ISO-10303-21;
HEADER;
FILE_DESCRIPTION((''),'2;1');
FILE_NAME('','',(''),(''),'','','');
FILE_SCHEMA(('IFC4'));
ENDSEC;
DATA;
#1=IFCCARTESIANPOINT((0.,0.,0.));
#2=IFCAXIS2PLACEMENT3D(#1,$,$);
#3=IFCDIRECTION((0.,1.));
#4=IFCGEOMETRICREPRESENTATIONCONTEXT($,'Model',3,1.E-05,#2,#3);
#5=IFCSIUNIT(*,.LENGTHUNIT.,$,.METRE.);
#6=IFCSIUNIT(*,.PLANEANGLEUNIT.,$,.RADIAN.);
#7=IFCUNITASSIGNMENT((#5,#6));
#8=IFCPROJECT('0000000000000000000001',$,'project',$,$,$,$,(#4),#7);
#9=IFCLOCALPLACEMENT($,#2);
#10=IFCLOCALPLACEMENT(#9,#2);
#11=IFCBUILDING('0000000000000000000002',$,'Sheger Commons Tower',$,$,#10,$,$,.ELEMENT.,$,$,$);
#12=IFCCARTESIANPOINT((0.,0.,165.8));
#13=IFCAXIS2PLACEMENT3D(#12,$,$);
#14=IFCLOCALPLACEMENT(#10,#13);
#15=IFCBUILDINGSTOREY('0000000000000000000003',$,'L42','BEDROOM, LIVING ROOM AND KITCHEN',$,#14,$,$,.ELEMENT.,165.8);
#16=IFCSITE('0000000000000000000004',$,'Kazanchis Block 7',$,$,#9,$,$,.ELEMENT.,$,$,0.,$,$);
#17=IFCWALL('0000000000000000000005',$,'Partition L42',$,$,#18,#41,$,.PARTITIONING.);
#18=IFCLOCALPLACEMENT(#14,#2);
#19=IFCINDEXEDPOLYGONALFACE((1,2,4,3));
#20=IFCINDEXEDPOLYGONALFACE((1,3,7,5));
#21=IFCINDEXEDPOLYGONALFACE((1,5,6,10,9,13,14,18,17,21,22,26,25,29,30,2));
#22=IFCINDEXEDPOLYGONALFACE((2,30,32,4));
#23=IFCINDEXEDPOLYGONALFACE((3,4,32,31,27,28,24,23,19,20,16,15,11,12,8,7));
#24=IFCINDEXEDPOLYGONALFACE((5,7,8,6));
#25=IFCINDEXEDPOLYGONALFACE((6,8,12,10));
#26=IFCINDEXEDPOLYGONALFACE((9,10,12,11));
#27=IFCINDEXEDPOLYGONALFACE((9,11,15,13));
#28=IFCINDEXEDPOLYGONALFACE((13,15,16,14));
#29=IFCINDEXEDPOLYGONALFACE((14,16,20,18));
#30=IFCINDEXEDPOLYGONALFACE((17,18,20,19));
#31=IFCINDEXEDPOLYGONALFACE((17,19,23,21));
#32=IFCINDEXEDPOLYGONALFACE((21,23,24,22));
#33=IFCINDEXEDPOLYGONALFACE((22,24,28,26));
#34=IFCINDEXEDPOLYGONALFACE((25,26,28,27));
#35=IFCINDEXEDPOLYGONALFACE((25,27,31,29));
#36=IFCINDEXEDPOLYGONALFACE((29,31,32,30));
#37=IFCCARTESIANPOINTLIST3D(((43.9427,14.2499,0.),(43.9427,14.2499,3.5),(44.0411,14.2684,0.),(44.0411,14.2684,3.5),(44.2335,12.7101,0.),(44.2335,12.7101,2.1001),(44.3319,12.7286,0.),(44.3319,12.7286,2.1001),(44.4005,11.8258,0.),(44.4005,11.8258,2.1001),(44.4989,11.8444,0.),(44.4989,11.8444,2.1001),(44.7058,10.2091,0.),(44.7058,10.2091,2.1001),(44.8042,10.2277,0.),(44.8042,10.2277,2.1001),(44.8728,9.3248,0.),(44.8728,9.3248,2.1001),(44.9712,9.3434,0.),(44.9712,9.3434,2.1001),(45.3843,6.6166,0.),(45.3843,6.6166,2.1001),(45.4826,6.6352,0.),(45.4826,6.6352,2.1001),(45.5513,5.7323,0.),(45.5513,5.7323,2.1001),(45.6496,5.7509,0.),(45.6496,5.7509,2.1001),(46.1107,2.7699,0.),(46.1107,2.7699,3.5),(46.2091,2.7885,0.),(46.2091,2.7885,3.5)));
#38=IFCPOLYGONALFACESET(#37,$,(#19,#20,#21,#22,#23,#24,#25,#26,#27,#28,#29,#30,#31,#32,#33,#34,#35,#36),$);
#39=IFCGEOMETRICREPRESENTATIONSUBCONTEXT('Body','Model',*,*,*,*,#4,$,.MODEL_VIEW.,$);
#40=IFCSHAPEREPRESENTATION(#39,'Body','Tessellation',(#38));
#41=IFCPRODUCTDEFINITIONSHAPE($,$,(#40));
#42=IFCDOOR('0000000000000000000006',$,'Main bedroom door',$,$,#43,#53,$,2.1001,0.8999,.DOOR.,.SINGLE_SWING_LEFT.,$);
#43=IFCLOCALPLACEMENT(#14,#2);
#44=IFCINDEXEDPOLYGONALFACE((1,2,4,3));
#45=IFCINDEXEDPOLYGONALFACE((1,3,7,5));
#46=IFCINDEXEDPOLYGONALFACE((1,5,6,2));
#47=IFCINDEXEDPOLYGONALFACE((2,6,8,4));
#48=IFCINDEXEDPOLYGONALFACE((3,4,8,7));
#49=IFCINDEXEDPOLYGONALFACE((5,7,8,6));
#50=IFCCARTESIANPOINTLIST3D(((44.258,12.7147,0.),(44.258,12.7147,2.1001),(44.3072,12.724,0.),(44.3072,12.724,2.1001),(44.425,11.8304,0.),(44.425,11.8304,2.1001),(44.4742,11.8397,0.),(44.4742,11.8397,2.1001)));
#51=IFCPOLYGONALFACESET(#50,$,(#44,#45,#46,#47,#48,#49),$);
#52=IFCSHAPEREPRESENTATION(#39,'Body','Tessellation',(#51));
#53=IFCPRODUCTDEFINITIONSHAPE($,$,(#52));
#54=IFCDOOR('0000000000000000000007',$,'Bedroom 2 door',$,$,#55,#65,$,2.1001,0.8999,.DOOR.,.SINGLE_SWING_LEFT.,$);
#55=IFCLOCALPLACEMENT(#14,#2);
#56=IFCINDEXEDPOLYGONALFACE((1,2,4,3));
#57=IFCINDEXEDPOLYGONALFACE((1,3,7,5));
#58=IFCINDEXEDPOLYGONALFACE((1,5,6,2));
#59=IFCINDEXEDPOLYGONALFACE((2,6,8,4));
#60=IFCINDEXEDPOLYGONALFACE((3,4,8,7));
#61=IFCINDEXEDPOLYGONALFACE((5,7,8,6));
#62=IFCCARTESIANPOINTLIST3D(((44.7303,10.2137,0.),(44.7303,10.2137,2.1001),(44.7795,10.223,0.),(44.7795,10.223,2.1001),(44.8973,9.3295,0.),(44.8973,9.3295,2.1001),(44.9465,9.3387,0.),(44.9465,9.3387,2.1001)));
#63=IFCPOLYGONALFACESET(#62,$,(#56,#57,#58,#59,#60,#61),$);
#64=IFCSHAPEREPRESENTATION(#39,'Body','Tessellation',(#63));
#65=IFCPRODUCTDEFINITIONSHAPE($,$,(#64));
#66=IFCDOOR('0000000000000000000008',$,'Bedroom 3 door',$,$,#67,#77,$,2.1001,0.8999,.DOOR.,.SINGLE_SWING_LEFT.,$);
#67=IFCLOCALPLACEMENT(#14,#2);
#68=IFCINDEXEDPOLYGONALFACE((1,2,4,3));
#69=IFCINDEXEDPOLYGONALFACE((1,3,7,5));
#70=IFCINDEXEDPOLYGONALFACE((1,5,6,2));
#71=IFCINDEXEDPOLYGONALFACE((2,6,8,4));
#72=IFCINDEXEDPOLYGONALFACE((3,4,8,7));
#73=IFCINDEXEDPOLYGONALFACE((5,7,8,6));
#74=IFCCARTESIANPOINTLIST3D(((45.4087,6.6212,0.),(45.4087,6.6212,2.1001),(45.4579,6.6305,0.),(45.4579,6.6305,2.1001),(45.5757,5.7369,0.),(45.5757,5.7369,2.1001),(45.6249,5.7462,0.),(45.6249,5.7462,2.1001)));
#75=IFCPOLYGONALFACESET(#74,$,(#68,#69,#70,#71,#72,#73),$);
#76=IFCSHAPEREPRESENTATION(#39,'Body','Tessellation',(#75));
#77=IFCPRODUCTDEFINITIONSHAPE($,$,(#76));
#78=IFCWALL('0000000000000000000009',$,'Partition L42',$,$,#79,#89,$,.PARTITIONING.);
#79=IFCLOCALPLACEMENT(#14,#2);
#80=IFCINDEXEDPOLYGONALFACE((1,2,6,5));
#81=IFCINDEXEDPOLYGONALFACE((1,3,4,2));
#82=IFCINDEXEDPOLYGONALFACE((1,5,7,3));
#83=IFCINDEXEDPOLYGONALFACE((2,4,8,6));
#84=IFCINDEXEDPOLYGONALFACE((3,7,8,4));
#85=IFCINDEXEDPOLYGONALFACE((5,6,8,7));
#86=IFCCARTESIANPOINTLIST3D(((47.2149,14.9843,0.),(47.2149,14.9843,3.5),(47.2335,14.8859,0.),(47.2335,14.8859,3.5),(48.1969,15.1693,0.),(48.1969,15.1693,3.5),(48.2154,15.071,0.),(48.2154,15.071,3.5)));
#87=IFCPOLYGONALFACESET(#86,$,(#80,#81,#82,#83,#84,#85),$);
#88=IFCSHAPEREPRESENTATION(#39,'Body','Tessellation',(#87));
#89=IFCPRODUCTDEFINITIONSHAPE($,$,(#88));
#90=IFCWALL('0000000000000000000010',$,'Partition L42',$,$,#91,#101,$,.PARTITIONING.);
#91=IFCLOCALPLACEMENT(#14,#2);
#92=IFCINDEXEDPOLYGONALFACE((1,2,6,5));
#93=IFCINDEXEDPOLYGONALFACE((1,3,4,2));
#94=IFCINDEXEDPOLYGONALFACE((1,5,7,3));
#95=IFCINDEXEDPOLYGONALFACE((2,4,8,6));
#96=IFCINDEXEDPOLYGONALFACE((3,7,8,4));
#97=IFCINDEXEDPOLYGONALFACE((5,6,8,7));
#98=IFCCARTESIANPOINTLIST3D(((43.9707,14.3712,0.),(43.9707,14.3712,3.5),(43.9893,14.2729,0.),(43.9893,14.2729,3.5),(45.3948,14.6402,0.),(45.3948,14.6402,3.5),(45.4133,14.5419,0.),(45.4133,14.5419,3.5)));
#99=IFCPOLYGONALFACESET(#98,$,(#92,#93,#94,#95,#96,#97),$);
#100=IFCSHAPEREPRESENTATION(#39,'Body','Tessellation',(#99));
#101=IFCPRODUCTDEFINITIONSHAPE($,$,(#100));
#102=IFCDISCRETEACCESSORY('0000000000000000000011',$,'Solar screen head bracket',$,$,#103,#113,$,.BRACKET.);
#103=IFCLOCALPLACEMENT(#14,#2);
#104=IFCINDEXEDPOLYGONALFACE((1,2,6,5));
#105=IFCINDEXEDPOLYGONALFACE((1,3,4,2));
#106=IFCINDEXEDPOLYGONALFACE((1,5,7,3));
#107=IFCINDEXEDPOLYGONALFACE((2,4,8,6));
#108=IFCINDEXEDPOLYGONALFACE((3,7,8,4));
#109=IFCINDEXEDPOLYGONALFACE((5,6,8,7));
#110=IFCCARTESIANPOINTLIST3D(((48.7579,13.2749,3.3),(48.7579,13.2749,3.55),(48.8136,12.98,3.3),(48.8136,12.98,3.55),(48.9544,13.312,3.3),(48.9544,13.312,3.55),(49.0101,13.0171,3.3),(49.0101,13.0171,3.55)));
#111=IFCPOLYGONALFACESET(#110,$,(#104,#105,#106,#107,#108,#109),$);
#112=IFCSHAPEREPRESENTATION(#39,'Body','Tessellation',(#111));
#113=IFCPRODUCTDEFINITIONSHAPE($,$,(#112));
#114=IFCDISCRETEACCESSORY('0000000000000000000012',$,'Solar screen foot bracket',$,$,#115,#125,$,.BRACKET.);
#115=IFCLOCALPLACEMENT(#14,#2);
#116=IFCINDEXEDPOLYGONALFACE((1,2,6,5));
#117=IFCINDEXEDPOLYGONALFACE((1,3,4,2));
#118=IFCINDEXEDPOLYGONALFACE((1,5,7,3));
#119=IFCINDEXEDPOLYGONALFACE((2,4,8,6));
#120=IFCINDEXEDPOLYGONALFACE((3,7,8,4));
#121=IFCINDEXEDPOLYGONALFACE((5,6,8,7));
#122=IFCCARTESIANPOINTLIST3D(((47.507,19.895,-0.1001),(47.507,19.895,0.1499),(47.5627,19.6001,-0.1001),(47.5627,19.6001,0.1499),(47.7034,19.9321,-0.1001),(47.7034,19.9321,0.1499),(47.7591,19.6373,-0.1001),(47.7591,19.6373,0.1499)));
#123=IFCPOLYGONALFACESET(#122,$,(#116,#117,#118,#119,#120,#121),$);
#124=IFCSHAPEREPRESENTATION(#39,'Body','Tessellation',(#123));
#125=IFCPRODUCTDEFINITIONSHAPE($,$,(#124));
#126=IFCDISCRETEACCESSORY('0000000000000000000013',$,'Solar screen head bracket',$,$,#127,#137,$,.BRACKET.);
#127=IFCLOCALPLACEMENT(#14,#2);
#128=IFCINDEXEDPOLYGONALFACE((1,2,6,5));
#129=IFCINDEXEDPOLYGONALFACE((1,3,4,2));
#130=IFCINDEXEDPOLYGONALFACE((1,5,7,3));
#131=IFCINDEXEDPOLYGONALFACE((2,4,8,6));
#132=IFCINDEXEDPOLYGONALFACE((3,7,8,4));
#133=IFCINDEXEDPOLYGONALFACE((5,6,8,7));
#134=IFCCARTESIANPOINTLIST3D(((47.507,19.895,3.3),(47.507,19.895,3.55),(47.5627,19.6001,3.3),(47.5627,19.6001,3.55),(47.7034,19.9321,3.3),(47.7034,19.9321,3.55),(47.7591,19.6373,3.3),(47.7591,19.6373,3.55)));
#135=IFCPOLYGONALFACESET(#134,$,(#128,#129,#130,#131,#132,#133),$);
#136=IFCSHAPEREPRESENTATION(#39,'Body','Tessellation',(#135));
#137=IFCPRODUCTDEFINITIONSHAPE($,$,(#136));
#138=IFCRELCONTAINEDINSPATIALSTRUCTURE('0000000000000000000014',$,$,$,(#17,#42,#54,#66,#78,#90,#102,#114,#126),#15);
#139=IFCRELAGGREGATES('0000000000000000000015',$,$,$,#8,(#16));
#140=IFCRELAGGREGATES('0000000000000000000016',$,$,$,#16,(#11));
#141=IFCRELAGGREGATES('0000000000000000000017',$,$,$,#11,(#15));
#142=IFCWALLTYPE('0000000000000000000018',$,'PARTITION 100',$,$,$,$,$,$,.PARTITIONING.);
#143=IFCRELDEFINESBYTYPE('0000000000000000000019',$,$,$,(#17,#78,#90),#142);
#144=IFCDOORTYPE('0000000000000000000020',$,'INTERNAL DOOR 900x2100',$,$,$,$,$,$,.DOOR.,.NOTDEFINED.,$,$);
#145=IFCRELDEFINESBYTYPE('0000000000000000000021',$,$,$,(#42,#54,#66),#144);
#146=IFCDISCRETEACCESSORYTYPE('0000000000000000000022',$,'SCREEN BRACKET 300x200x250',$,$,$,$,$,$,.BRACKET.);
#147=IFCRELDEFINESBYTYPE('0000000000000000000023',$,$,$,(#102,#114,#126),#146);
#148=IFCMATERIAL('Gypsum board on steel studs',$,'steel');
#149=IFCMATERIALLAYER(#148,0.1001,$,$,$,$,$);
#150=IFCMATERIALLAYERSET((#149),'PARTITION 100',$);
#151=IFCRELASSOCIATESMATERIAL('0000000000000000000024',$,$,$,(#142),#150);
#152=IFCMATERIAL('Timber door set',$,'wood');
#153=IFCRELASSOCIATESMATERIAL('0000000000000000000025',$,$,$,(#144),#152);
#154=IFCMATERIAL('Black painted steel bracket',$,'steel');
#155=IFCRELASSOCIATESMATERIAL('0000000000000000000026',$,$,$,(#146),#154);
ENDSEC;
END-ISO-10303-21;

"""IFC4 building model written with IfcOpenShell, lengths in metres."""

from ifc_helpers import new_model, si_unit, direction, frame, frame_2d, origin, origin_2d, place, context, subcontext, project, spatial, rectangle, extrude, material, layer, layer_set, type_object, element, fill, save


model = new_model("IFC4")

# Units and contexts
model_context = context("Model", 3, precision=1e-05, world=origin(), true_north=direction((0.0, 1.0)))
body_context = subcontext(model_context, "Body", "Model", "MODEL_VIEW")
ifc_project = project(units=[si_unit("LENGTHUNIT", "METRE"), si_unit("PLANEANGLEUNIT", "RADIAN")], contexts=[model_context])

# Site, building, storey
site_placement = place(None, origin())
site = spatial("IfcSite", under=ifc_project, at=site_placement, Name="Kazanchis Block 7", CompositionType="ELEMENT", RefElevation=0.0)
building_placement = place(site_placement, origin())
building = spatial("IfcBuilding", under=site, at=building_placement, Name="Sheger Commons Tower", CompositionType="ELEMENT")
storey_placement = place(building_placement, frame((0.0, 0.0, 165.8)))
storey = spatial("IfcBuildingStorey", under=building, at=storey_placement, Name="L42", Description="BEDROOM, LIVING ROOM AND KITCHEN", CompositionType="ELEMENT", Elevation=165.8)

# Shared definitions
ifc_material_1 = material(Name="Gypsum board on steel studs", Category="steel")
ifc_layer_1 = layer(ifc_material_1, 0.1001)
ifc_layer_set_1 = layer_set([ifc_layer_1], Name="PARTITION 100")
wall_type_1 = type_object("IfcWallType", Name="PARTITION 100", PredefinedType="PARTITIONING", material=ifc_layer_set_1)

# Wall, openings, doors
wall_1_placement = place(storey_placement, frame((43.9919, 14.259, 0.0), z_axis=(0.0, 0.0, 1.0), x_axis=(0.185568, -0.982631, 0.0)))
wall_1 = element("IfcWall", 1, at=wall_1_placement, inside=storey, type_object=wall_type_1, Name="Partition L42", PredefinedType="PARTITIONING", context=body_context, shape_type="SweptSolid", body=[
    extrude(rectangle(XDim=11.6829, YDim=0.1001, at=frame_2d((5.8413, 0.0))), origin(), (0.0, 0.0, 1.0), 3.5),
])
opening_1_placement = place(wall_1_placement, frame((1.5669, 0.0, 0.0)))
opening_1 = element("IfcOpeningElement", 2, at=opening_1_placement, cuts=wall_1, PredefinedType="OPENING", context=body_context, shape_type="SweptSolid", body=[
    extrude(rectangle(XDim=0.8999, YDim=2.1001, at=frame_2d((0.45, 1.05))), frame((0.0, 0.0601, 0.0), z_axis=(0.0, -1.0, 0.0), x_axis=(1.0, 0.0, 0.0)), (0.0, 0.0, 1.0), 0.1201),
])
opening_2_placement = place(wall_1_placement, frame((4.1121, 0.0, 0.0)))
opening_2 = element("IfcOpeningElement", 3, at=opening_2_placement, cuts=wall_1, PredefinedType="OPENING", context=body_context, shape_type="SweptSolid", body=[
    extrude(rectangle(XDim=0.8999, YDim=2.1001, at=frame_2d((0.45, 1.05))), frame((0.0, 0.0601, 0.0), z_axis=(0.0, -1.0, 0.0), x_axis=(1.0, 0.0, 0.0)), (0.0, 0.0, 1.0), 0.1201),
])
opening_3_placement = place(wall_1_placement, frame((7.7681, 0.0, 0.0)))
opening_3 = element("IfcOpeningElement", 4, at=opening_3_placement, cuts=wall_1, PredefinedType="OPENING", context=body_context, shape_type="SweptSolid", body=[
    extrude(rectangle(XDim=0.8999, YDim=2.1001, at=frame_2d((0.45, 1.05))), frame((0.0, 0.0601, 0.0), z_axis=(0.0, -1.0, 0.0), x_axis=(1.0, 0.0, 0.0)), (0.0, 0.0, 1.0), 0.1201),
])
ifc_material_2 = material(Name="Timber door set", Category="wood")
door_type = type_object("IfcDoorType", Name="INTERNAL DOOR 900x2100", OperationType="NOTDEFINED", PredefinedType="DOOR", material=ifc_material_2)
door_1_placement = place(opening_1_placement, origin())
door_1 = element("IfcDoor", 5, at=door_1_placement, inside=storey, type_object=door_type, Name="Main bedroom door", OperationType="SINGLE_SWING_LEFT", OverallHeight=2.1001, OverallWidth=0.8999, PredefinedType="DOOR", context=body_context, shape_type="SweptSolid", body=[
    extrude(rectangle(XDim=0.8999, YDim=2.1001, at=frame_2d((0.45, 1.05))), frame((0.0, 0.0249, 0.0), z_axis=(0.0, -1.0, 0.0), x_axis=(1.0, 0.0, 0.0)), (0.0, 0.0, 1.0), 0.05),
])
fill(opening_1, door_1)
door_2_placement = place(opening_2_placement, origin())
door_2 = element("IfcDoor", 6, at=door_2_placement, inside=storey, type_object=door_type, Name="Bedroom 2 door", OperationType="SINGLE_SWING_LEFT", OverallHeight=2.1001, OverallWidth=0.8999, PredefinedType="DOOR", context=body_context, shape_type="SweptSolid", body=[
    extrude(rectangle(XDim=0.8999, YDim=2.1001, at=frame_2d((0.45, 1.05))), frame((0.0, 0.0249, 0.0), z_axis=(0.0, -1.0, 0.0), x_axis=(1.0, 0.0, 0.0)), (0.0, 0.0, 1.0), 0.05),
])
fill(opening_2, door_2)
door_3_placement = place(opening_3_placement, origin())
door_3 = element("IfcDoor", 7, at=door_3_placement, inside=storey, type_object=door_type, Name="Bedroom 3 door", OperationType="SINGLE_SWING_LEFT", OverallHeight=2.1001, OverallWidth=0.8999, PredefinedType="DOOR", context=body_context, shape_type="SweptSolid", body=[
    extrude(rectangle(XDim=0.8999, YDim=2.1001, at=frame_2d((0.45, 1.05))), frame((0.0, 0.0249, 0.0), z_axis=(0.0, -1.0, 0.0), x_axis=(1.0, 0.0, 0.0)), (0.0, 0.0, 1.0), 0.05),
])
fill(opening_3, door_3)

# Walls
wall_2_placement = place(storey_placement, frame((48.2061, 15.1201, 0.0), z_axis=(0.0, 0.0, 1.0), x_axis=(-0.9827, -0.185203, 0.0)))
element("IfcWall", 8, at=wall_2_placement, inside=storey, type_object=wall_type_1, Name="Partition L42", PredefinedType="PARTITIONING", context=body_context, shape_type="SweptSolid", body=[
    extrude(rectangle(XDim=0.9993, YDim=0.1001, at=frame_2d((0.4995, 0.0))), origin(), (0.0, 0.0, 1.0), 3.5),
])
wall_3_placement = place(storey_placement, frame((45.4041, 14.5911, 0.0), z_axis=(0.0, 0.0, 1.0), x_axis=(-0.982618, -0.185641, 0.0)))
element("IfcWall", 9, at=wall_3_placement, inside=storey, type_object=wall_type_1, Name="Partition L42", PredefinedType="PARTITIONING", context=body_context, shape_type="SweptSolid", body=[
    extrude(rectangle(XDim=1.4492, YDim=0.1001, at=frame_2d((0.7246, 0.0))), origin(), (0.0, 0.0, 1.0), 3.5),
])

# Discrete accessories
ifc_material_3 = material(Name="Black painted steel bracket", Category="steel")
discrete_accessory_type = type_object("IfcDiscreteAccessoryType", Name="SCREEN BRACKET 300x200x250", PredefinedType="BRACKET", material=ifc_material_3)
for number, where, z_axis, x_axis, name in (
    (10, (48.884, 13.146, 3.3), (0.0, 0.0, 1.0), (-0.185615, 0.982623, 0.0), "Solar screen head bracket"),
    (11, (47.6331, 19.7661, -0.1001), (0.0, 0.0, 1.0), (-0.185615, 0.982623, 0.0), "Solar screen foot bracket"),
    (12, (47.6331, 19.7661, 3.3), (0.0, 0.0, 1.0), (-0.185615, 0.982623, 0.0), "Solar screen head bracket"),
):
    element("IfcDiscreteAccessory", number, at=place(storey_placement, frame(where, z_axis=z_axis, x_axis=x_axis)), inside=storey, type_object=discrete_accessory_type, Name=name, PredefinedType="BRACKET", context=body_context, shape_type="SweptSolid", body=[
        extrude(rectangle(XDim=0.3, YDim=0.2, at=origin_2d()), origin(), (0.0, 0.0, 1.0), 0.25),
    ])

save(model, "model.ifc")
